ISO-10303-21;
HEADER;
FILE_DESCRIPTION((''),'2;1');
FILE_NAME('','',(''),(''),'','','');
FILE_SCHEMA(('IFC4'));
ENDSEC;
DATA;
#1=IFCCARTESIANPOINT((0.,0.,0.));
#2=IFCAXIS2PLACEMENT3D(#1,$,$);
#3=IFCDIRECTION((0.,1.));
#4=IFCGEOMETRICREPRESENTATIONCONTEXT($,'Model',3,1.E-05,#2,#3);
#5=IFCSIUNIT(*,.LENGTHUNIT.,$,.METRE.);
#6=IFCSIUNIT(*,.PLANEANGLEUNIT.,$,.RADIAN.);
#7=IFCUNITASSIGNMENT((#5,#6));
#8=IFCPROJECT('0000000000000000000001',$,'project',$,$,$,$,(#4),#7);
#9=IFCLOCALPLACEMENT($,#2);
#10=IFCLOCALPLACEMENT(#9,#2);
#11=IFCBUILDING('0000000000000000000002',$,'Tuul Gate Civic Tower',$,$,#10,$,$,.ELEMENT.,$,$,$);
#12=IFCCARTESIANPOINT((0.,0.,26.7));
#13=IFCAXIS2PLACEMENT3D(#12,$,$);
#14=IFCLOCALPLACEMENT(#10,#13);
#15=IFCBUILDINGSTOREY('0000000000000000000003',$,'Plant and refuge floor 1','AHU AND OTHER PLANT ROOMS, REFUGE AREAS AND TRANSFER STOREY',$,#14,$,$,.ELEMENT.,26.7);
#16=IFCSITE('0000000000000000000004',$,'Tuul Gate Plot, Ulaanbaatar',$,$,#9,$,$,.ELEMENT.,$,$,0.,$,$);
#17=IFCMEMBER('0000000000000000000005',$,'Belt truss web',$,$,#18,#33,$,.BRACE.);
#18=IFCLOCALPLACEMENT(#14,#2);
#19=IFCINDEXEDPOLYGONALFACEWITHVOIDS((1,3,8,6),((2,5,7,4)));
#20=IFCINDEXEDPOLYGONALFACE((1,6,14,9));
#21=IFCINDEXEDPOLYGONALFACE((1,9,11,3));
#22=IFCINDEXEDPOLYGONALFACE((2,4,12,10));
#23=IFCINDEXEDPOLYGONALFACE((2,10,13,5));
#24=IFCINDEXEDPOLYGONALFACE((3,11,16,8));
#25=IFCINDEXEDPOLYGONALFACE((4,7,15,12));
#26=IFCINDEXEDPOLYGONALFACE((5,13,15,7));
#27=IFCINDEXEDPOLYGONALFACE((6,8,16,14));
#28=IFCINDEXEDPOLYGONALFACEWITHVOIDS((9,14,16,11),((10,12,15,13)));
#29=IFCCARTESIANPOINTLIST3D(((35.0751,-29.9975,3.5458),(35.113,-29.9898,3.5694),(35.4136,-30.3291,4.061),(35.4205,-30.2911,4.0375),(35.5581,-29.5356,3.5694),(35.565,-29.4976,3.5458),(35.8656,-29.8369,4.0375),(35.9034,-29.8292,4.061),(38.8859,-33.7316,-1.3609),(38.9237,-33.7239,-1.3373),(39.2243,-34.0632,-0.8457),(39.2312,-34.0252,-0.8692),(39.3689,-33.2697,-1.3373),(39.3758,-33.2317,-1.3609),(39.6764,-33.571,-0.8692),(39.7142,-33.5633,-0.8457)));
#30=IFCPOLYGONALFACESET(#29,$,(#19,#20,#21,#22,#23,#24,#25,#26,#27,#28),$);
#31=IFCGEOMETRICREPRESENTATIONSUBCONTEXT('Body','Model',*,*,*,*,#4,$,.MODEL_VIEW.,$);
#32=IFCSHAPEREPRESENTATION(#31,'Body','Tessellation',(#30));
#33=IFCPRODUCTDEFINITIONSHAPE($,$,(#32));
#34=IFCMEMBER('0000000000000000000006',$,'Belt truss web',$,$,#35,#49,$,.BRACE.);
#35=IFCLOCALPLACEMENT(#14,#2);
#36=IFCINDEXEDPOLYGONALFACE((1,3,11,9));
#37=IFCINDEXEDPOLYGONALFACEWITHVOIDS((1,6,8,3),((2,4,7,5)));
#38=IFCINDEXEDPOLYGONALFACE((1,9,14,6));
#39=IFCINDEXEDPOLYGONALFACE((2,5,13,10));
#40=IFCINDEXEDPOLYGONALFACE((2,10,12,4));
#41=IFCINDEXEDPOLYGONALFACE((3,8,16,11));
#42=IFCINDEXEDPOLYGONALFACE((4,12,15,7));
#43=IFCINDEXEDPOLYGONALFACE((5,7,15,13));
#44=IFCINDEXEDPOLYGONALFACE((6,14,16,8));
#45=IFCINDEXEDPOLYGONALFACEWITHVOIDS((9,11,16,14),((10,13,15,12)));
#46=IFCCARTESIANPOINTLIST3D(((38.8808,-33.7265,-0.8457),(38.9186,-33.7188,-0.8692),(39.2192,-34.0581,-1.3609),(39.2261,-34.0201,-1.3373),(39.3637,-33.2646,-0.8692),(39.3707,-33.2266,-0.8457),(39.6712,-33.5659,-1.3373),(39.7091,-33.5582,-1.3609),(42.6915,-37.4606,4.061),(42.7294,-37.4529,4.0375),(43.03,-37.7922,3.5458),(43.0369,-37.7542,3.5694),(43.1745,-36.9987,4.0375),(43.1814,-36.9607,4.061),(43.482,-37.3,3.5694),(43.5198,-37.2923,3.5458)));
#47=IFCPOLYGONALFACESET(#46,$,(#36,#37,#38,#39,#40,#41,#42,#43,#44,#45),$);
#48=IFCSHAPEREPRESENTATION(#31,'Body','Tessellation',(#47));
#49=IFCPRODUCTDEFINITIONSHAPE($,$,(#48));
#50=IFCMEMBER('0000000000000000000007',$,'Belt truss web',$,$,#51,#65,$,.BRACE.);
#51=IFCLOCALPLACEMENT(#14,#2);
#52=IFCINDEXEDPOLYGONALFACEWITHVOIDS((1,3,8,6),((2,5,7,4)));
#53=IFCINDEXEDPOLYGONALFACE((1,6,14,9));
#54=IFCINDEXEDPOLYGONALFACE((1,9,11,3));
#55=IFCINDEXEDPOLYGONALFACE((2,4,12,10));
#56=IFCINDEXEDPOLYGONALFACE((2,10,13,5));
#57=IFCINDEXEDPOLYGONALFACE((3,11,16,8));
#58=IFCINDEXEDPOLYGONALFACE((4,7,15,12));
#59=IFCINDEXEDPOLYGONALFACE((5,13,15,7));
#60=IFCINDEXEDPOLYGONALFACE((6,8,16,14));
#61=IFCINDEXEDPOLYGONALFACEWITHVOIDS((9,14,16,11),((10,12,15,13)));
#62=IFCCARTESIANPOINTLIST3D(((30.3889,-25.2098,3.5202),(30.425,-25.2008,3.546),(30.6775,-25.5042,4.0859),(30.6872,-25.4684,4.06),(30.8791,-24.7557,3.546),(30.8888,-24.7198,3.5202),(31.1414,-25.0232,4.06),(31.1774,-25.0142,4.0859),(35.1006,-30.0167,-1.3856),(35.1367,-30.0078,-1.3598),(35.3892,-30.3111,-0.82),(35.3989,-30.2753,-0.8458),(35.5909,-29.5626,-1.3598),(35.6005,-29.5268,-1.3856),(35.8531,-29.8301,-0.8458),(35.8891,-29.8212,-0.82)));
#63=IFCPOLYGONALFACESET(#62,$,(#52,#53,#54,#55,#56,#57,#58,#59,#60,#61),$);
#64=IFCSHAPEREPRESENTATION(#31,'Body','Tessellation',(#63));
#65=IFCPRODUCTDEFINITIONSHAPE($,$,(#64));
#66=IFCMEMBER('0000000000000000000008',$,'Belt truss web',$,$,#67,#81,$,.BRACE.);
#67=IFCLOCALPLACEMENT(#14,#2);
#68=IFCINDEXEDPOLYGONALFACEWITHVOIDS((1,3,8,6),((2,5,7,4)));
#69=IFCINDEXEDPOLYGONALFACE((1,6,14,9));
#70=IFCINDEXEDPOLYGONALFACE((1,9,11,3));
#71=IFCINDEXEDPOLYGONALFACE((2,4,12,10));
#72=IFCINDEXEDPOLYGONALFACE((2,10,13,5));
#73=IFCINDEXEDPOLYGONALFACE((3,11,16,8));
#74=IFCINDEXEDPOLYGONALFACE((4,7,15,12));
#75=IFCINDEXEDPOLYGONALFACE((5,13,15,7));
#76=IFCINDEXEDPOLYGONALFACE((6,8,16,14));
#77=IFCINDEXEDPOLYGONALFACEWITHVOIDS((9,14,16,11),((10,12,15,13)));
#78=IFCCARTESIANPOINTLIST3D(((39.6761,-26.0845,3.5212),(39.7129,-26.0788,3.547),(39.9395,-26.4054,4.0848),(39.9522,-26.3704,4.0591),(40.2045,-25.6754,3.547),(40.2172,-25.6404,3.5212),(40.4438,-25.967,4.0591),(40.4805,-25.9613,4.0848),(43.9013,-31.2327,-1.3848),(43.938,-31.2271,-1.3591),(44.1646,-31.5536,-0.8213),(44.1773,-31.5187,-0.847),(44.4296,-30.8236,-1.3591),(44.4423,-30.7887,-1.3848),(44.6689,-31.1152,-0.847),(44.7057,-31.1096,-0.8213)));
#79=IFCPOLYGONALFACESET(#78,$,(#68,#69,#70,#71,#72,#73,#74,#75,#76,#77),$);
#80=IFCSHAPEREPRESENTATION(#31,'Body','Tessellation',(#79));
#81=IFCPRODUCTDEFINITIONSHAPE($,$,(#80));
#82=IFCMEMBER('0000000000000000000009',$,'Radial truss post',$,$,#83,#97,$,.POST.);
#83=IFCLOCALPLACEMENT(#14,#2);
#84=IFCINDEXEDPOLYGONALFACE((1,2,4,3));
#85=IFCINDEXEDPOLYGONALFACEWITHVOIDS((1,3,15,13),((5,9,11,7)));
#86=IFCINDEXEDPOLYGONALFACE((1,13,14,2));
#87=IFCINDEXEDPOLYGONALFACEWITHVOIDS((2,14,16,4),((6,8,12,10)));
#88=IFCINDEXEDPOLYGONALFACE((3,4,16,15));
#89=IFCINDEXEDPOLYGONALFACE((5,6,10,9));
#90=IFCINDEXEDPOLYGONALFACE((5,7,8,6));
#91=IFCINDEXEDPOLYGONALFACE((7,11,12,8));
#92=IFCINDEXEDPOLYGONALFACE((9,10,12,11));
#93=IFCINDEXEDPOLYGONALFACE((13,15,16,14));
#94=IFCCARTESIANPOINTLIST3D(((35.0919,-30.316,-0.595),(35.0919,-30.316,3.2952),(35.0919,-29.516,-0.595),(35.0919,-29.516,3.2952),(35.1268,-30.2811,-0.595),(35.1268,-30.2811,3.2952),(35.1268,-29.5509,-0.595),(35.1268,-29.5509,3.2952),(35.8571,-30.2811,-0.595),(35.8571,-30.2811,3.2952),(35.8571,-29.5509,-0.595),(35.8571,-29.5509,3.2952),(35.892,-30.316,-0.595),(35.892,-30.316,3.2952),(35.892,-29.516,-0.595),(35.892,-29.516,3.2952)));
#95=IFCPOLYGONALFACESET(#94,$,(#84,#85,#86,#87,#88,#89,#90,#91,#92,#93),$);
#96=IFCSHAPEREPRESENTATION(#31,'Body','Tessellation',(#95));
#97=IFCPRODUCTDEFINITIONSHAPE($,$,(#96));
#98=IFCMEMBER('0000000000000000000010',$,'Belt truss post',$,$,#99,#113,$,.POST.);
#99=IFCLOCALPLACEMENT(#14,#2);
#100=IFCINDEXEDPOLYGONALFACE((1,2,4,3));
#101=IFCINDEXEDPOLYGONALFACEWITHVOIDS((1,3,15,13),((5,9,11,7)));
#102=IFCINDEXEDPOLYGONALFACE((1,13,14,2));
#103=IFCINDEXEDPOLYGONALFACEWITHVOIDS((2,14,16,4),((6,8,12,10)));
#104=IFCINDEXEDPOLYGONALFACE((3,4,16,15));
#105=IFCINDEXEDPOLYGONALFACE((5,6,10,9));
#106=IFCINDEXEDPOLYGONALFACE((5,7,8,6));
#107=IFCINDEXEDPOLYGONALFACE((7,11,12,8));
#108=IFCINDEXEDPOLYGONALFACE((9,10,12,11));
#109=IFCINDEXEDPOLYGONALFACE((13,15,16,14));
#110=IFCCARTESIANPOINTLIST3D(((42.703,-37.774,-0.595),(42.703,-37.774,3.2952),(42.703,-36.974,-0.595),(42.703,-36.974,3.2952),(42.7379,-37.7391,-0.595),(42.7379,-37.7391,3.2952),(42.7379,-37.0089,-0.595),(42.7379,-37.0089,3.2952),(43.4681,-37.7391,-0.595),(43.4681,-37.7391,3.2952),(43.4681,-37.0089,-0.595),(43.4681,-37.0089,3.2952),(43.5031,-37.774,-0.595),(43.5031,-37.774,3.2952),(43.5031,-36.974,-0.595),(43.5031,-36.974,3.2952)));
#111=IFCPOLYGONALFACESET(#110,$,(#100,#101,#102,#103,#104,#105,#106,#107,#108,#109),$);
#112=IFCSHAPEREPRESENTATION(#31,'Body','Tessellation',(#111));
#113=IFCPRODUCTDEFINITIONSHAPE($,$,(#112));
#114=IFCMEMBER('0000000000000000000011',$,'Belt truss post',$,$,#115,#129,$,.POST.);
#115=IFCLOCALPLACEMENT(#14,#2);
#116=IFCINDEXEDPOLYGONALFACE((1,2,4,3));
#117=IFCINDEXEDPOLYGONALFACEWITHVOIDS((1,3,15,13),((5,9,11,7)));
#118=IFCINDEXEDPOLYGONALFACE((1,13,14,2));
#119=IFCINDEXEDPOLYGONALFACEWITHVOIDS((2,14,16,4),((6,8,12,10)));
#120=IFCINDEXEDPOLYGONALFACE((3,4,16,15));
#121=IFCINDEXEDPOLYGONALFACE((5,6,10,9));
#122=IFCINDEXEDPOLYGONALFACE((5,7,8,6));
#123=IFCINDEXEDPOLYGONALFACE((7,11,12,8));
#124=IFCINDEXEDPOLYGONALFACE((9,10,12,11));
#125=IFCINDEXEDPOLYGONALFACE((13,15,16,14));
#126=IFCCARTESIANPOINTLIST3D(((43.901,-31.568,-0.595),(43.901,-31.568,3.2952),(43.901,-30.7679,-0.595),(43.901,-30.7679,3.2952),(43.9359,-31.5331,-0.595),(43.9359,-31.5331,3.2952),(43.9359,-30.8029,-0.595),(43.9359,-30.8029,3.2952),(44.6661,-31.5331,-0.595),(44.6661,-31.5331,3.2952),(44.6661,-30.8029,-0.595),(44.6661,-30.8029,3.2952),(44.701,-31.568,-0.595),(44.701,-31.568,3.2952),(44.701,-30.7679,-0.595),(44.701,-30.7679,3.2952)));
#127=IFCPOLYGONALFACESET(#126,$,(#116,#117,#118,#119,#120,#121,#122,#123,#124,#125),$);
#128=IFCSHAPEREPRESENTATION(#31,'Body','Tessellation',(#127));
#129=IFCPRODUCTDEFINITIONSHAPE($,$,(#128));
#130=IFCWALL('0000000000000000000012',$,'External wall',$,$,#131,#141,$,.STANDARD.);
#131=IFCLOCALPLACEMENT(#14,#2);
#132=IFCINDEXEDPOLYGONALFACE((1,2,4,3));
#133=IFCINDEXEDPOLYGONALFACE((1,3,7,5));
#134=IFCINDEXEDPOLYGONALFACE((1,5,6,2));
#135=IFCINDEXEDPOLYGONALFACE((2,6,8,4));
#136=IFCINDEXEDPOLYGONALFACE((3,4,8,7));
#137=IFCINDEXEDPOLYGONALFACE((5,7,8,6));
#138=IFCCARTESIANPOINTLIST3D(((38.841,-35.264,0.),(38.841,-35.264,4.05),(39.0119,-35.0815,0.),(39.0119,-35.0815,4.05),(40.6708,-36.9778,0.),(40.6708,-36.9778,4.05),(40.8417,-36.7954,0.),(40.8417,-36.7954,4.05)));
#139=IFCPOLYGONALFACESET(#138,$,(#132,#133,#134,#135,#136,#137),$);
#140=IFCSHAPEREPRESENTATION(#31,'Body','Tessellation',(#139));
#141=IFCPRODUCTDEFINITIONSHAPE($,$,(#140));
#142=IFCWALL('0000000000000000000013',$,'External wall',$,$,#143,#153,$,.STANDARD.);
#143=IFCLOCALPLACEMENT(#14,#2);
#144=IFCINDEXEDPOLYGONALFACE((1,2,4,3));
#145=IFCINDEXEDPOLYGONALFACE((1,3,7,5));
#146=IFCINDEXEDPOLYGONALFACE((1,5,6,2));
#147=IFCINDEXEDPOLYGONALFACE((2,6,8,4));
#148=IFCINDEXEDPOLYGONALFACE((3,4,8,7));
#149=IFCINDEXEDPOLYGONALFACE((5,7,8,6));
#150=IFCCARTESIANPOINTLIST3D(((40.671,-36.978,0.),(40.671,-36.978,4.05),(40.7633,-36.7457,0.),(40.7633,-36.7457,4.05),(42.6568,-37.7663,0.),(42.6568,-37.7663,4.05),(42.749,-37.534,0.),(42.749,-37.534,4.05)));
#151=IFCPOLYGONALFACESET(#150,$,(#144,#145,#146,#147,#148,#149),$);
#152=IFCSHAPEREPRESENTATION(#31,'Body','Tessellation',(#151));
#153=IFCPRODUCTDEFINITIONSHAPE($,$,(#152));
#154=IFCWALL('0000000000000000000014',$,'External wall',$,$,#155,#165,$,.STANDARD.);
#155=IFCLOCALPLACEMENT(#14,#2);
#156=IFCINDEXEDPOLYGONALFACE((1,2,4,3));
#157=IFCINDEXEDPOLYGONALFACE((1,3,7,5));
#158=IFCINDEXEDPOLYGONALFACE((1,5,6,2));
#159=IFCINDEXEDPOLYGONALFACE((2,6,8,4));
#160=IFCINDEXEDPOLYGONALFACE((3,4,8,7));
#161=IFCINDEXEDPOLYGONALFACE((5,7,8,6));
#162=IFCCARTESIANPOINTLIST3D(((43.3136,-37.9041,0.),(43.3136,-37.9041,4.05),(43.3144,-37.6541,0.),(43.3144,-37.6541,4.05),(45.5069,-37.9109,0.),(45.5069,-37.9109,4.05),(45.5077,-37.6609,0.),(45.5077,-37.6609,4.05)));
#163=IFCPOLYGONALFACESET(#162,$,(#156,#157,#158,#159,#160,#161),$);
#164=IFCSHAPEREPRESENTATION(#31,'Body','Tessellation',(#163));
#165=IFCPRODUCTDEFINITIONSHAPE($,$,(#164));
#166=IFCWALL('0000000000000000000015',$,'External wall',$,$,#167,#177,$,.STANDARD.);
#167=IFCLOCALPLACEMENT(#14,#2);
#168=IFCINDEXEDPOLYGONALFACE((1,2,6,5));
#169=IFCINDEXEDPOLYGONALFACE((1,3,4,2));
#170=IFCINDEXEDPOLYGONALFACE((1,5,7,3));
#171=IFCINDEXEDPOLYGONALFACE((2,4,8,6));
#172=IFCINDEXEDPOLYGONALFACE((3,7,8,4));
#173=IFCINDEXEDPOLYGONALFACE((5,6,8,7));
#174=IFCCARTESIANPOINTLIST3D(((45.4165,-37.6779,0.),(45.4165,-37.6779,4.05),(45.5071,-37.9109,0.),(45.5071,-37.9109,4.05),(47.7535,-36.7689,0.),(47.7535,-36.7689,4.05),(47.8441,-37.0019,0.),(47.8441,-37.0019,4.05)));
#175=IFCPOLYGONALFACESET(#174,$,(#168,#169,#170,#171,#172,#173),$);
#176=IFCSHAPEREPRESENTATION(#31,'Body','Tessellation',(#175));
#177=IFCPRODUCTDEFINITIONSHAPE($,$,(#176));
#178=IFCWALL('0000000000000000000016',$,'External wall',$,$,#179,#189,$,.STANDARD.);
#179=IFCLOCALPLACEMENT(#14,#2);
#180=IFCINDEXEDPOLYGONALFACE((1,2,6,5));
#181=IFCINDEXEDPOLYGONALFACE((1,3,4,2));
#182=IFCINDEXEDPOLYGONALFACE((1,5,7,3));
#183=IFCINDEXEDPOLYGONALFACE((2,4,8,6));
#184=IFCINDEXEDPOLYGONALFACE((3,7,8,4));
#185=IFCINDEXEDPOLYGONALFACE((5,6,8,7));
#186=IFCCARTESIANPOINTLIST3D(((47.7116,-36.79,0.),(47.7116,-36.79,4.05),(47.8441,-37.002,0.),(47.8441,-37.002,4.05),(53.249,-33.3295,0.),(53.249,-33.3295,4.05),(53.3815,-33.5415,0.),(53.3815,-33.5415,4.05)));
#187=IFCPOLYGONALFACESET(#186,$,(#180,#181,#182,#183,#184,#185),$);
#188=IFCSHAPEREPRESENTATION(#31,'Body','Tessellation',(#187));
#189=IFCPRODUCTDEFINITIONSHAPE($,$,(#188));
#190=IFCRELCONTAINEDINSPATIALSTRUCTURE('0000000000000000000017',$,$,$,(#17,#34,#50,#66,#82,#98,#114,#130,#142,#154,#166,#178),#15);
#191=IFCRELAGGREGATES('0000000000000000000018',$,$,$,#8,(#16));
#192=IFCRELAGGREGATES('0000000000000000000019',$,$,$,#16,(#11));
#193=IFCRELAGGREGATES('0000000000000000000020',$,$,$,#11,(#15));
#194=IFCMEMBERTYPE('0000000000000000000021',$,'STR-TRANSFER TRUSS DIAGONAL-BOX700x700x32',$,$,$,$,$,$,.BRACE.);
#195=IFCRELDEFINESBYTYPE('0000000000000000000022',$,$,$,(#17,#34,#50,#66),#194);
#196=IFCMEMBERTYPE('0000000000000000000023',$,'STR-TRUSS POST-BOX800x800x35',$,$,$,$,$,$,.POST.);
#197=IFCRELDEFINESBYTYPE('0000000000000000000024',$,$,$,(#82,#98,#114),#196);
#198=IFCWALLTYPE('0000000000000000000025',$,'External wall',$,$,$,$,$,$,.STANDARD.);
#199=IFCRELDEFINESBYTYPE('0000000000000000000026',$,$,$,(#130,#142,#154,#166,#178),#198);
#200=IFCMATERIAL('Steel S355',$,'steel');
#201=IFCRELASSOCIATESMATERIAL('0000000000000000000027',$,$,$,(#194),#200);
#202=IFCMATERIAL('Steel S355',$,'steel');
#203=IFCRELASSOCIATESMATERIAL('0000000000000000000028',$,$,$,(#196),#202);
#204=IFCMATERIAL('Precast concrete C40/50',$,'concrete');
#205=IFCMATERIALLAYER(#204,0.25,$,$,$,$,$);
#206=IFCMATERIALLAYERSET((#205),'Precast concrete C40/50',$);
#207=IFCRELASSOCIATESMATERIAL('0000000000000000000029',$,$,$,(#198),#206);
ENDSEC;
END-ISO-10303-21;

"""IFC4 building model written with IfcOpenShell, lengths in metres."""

from ifc_helpers import new_model, si_unit, direction, frame, frame_2d, origin, origin_2d, place, context, subcontext, project, spatial, rectangle, hollow_rectangle, extrude, material, layer, layer_set, material_profile, profile_set, type_object, element, save


model = new_model("IFC4")

# Units and contexts
model_context = context("Model", 3, precision=1e-05, world=origin(), true_north=direction((0.0, 1.0)))
body_context = subcontext(model_context, "Body", "Model", "MODEL_VIEW")
ifc_project = project(units=[si_unit("LENGTHUNIT", "METRE"), si_unit("PLANEANGLEUNIT", "RADIAN")], contexts=[model_context])

# Site, building, storey
site_placement = place(None, origin())
site = spatial("IfcSite", under=ifc_project, at=site_placement, Name="Tuul Gate Plot, Ulaanbaatar", CompositionType="ELEMENT", RefElevation=0.0)
building_placement = place(site_placement, origin())
building = spatial("IfcBuilding", under=site, at=building_placement, Name="Tuul Gate Civic Tower", CompositionType="ELEMENT")
storey_placement = place(building_placement, frame((0.0, 0.0, 26.7)))
storey = spatial("IfcBuildingStorey", under=building, at=storey_placement, Name="Plant and refuge floor 1", Description="AHU AND OTHER PLANT ROOMS, REFUGE AREAS AND TRANSFER STOREY", CompositionType="ELEMENT", Elevation=26.7)

# Members
ifc_material_1 = material(Name="Steel S355", Category="steel")
ifc_material_profile_1 = material_profile(ifc_material_1, hollow_rectangle(XDim=0.7, YDim=0.7, WallThickness=0.032, at=origin_2d()), Name="BOX700x700x32")
ifc_profile_set_1 = profile_set([ifc_material_profile_1], Name="Steel S355")
member_type_1 = type_object("IfcMemberType", Name="STR-TRANSFER TRUSS DIAGONAL-BOX700x700x32", PredefinedType="BRACE", material=ifc_profile_set_1)
for number, where, z_axis, x_axis, name in (
    (1, (39.3, -33.6475, -1.1033), (-0.525729, 0.515153, 0.676924), (-0.699886, -0.714254, 0.0), "Belt truss web"),
    (2, (39.2949, -33.6423, -1.1033), (0.525729, -0.515153, 0.676924), (0.699886, 0.714254, 0.0), "Belt truss web"),
):
    element("IfcMember", number, at=place(storey_placement, frame(where, z_axis=z_axis, x_axis=x_axis)), inside=storey, type_object=member_type_1, Name=name, PredefinedType="BRACE", context=body_context, shape_type="SweptSolid", body=[
        extrude(hollow_rectangle(XDim=0.7, YDim=0.7, WallThickness=0.032, at=origin_2d()), origin(), (0.0, 0.0, 1.0), 7.2485),
    ])
member_1_placement = place(storey_placement, frame((35.4949, -29.9189, -1.1028), z_axis=(-0.565694, 0.577125, 0.588997), x_axis=(-0.714144, -0.699999, 0.0)))
element("IfcMember", 3, at=member_1_placement, inside=storey, type_object=member_type_1, Name="Belt truss web", PredefinedType="BRACE", context=body_context, shape_type="SweptSolid", body=[
    extrude(hollow_rectangle(XDim=0.7, YDim=0.7, WallThickness=0.032, at=origin_2d()), origin(), (0.0, 0.0, 1.0), 8.3291),
])
member_2_placement = place(storey_placement, frame((44.3035, -31.1711, -1.103), z_axis=(-0.510778, 0.622372, 0.593093), x_axis=(-0.773004, -0.634401, 0.0)))
element("IfcMember", 4, at=member_2_placement, inside=storey, type_object=member_type_1, Name="Belt truss web", PredefinedType="BRACE", context=body_context, shape_type="SweptSolid", body=[
    extrude(hollow_rectangle(XDim=0.7, YDim=0.7, WallThickness=0.032, at=origin_2d()), origin(), (0.0, 0.0, 1.0), 8.272),
])
ifc_material_2 = material(Name="Steel S355", Category="steel")
ifc_material_profile_2 = material_profile(ifc_material_2, hollow_rectangle(XDim=0.8, YDim=0.8, WallThickness=0.0349, at=origin_2d()), Name="BOX800x800x35")
ifc_profile_set_2 = profile_set([ifc_material_profile_2], Name="Steel S355")
member_type_2 = type_object("IfcMemberType", Name="STR-TRUSS POST-BOX800x800x35", PredefinedType="POST", material=ifc_profile_set_2)
for number, where, z_axis, x_axis, name in (
    (5, (35.4919, -29.916, -0.595), (0.0, 0.0, 1.0), (1.0, 0.0, 0.0), "Radial truss post"),
    (6, (43.103, -37.374, -0.595), (0.0, 0.0, 1.0), (1.0, 0.0, 0.0), "Belt truss post"),
    (7, (44.301, -31.168, -0.595), (0.0, 0.0, 1.0), (1.0, 0.0, 0.0), "Belt truss post"),
):
    element("IfcMember", number, at=place(storey_placement, frame(where, z_axis=z_axis, x_axis=x_axis)), inside=storey, type_object=member_type_2, Name=name, PredefinedType="POST", context=body_context, shape_type="SweptSolid", body=[
        extrude(hollow_rectangle(XDim=0.8, YDim=0.8, WallThickness=0.0349, at=origin_2d()), origin(), (0.0, 0.0, 1.0), 3.8901),
    ])

# Walls
ifc_material_3 = material(Name="Precast concrete C40/50", Category="concrete")
ifc_layer_1 = layer(ifc_material_3, 0.25)
ifc_layer_set_1 = layer_set([ifc_layer_1], Name="Precast concrete C40/50")
wall_type_1 = type_object("IfcWallType", Name="External wall", PredefinedType="STANDARD", material=ifc_layer_set_1)
wall_1_placement = place(storey_placement, frame((38.9265, -35.1729, 0.0), z_axis=(0.0, 0.0, 1.0), x_axis=(0.729856, -0.683601, 0.0)))
element("IfcWall", 8, at=wall_1_placement, inside=storey, type_object=wall_type_1, Name="External wall", PredefinedType="STANDARD", context=body_context, shape_type="SweptSolid", body=[
    extrude(rectangle(XDim=2.5071, YDim=0.25, at=frame_2d((1.2534, 0.0))), origin(), (0.0, 0.0, 1.0), 4.05),
])
wall_2_placement = place(storey_placement, frame((40.717, -36.8618, 0.0), z_axis=(0.0, 0.0, 1.0), x_axis=(0.929443, -0.368966, 0.0)))
element("IfcWall", 9, at=wall_2_placement, inside=storey, type_object=wall_type_1, Name="External wall", PredefinedType="STANDARD", context=body_context, shape_type="SweptSolid", body=[
    extrude(rectangle(XDim=2.1365, YDim=0.25, at=frame_2d((1.0684, 0.0))), origin(), (0.0, 0.0, 1.0), 4.05),
])
wall_3_placement = place(storey_placement, frame((43.314, -37.7791, 0.0), z_axis=(0.0, 0.0, 1.0), x_axis=(0.999995, -0.003117, 0.0)))
element("IfcWall", 10, at=wall_3_placement, inside=storey, type_object=wall_type_1, Name="External wall", PredefinedType="STANDARD", context=body_context, shape_type="SweptSolid", body=[
    extrude(rectangle(XDim=2.1934, YDim=0.25, at=frame_2d((1.0967, 0.0))), origin(), (0.0, 0.0, 1.0), 4.05),
])
wall_4_placement = place(storey_placement, frame((45.4617, -37.7944, 0.0), z_axis=(0.0, 0.0, 1.0), x_axis=(0.931986, 0.362493, 0.0)))
element("IfcWall", 11, at=wall_4_placement, inside=storey, type_object=wall_type_1, Name="External wall", PredefinedType="STANDARD", context=body_context, shape_type="SweptSolid", body=[
    extrude(rectangle(XDim=2.5076, YDim=0.25, at=frame_2d((1.2539, 0.0))), origin(), (0.0, 0.0, 1.0), 4.05),
])
wall_5_placement = place(storey_placement, frame((47.7778, -36.896, 0.0), z_axis=(0.0, 0.0, 1.0), x_axis=(0.848026, 0.529955, 0.0)))
element("IfcWall", 12, at=wall_5_placement, inside=storey, type_object=wall_type_1, Name="External wall", PredefinedType="STANDARD", context=body_context, shape_type="SweptSolid", body=[
    extrude(rectangle(XDim=6.5298, YDim=0.25, at=frame_2d((3.2649, 0.0))), origin(), (0.0, 0.0, 1.0), 4.05),
])

save(model, "model.ifc")
